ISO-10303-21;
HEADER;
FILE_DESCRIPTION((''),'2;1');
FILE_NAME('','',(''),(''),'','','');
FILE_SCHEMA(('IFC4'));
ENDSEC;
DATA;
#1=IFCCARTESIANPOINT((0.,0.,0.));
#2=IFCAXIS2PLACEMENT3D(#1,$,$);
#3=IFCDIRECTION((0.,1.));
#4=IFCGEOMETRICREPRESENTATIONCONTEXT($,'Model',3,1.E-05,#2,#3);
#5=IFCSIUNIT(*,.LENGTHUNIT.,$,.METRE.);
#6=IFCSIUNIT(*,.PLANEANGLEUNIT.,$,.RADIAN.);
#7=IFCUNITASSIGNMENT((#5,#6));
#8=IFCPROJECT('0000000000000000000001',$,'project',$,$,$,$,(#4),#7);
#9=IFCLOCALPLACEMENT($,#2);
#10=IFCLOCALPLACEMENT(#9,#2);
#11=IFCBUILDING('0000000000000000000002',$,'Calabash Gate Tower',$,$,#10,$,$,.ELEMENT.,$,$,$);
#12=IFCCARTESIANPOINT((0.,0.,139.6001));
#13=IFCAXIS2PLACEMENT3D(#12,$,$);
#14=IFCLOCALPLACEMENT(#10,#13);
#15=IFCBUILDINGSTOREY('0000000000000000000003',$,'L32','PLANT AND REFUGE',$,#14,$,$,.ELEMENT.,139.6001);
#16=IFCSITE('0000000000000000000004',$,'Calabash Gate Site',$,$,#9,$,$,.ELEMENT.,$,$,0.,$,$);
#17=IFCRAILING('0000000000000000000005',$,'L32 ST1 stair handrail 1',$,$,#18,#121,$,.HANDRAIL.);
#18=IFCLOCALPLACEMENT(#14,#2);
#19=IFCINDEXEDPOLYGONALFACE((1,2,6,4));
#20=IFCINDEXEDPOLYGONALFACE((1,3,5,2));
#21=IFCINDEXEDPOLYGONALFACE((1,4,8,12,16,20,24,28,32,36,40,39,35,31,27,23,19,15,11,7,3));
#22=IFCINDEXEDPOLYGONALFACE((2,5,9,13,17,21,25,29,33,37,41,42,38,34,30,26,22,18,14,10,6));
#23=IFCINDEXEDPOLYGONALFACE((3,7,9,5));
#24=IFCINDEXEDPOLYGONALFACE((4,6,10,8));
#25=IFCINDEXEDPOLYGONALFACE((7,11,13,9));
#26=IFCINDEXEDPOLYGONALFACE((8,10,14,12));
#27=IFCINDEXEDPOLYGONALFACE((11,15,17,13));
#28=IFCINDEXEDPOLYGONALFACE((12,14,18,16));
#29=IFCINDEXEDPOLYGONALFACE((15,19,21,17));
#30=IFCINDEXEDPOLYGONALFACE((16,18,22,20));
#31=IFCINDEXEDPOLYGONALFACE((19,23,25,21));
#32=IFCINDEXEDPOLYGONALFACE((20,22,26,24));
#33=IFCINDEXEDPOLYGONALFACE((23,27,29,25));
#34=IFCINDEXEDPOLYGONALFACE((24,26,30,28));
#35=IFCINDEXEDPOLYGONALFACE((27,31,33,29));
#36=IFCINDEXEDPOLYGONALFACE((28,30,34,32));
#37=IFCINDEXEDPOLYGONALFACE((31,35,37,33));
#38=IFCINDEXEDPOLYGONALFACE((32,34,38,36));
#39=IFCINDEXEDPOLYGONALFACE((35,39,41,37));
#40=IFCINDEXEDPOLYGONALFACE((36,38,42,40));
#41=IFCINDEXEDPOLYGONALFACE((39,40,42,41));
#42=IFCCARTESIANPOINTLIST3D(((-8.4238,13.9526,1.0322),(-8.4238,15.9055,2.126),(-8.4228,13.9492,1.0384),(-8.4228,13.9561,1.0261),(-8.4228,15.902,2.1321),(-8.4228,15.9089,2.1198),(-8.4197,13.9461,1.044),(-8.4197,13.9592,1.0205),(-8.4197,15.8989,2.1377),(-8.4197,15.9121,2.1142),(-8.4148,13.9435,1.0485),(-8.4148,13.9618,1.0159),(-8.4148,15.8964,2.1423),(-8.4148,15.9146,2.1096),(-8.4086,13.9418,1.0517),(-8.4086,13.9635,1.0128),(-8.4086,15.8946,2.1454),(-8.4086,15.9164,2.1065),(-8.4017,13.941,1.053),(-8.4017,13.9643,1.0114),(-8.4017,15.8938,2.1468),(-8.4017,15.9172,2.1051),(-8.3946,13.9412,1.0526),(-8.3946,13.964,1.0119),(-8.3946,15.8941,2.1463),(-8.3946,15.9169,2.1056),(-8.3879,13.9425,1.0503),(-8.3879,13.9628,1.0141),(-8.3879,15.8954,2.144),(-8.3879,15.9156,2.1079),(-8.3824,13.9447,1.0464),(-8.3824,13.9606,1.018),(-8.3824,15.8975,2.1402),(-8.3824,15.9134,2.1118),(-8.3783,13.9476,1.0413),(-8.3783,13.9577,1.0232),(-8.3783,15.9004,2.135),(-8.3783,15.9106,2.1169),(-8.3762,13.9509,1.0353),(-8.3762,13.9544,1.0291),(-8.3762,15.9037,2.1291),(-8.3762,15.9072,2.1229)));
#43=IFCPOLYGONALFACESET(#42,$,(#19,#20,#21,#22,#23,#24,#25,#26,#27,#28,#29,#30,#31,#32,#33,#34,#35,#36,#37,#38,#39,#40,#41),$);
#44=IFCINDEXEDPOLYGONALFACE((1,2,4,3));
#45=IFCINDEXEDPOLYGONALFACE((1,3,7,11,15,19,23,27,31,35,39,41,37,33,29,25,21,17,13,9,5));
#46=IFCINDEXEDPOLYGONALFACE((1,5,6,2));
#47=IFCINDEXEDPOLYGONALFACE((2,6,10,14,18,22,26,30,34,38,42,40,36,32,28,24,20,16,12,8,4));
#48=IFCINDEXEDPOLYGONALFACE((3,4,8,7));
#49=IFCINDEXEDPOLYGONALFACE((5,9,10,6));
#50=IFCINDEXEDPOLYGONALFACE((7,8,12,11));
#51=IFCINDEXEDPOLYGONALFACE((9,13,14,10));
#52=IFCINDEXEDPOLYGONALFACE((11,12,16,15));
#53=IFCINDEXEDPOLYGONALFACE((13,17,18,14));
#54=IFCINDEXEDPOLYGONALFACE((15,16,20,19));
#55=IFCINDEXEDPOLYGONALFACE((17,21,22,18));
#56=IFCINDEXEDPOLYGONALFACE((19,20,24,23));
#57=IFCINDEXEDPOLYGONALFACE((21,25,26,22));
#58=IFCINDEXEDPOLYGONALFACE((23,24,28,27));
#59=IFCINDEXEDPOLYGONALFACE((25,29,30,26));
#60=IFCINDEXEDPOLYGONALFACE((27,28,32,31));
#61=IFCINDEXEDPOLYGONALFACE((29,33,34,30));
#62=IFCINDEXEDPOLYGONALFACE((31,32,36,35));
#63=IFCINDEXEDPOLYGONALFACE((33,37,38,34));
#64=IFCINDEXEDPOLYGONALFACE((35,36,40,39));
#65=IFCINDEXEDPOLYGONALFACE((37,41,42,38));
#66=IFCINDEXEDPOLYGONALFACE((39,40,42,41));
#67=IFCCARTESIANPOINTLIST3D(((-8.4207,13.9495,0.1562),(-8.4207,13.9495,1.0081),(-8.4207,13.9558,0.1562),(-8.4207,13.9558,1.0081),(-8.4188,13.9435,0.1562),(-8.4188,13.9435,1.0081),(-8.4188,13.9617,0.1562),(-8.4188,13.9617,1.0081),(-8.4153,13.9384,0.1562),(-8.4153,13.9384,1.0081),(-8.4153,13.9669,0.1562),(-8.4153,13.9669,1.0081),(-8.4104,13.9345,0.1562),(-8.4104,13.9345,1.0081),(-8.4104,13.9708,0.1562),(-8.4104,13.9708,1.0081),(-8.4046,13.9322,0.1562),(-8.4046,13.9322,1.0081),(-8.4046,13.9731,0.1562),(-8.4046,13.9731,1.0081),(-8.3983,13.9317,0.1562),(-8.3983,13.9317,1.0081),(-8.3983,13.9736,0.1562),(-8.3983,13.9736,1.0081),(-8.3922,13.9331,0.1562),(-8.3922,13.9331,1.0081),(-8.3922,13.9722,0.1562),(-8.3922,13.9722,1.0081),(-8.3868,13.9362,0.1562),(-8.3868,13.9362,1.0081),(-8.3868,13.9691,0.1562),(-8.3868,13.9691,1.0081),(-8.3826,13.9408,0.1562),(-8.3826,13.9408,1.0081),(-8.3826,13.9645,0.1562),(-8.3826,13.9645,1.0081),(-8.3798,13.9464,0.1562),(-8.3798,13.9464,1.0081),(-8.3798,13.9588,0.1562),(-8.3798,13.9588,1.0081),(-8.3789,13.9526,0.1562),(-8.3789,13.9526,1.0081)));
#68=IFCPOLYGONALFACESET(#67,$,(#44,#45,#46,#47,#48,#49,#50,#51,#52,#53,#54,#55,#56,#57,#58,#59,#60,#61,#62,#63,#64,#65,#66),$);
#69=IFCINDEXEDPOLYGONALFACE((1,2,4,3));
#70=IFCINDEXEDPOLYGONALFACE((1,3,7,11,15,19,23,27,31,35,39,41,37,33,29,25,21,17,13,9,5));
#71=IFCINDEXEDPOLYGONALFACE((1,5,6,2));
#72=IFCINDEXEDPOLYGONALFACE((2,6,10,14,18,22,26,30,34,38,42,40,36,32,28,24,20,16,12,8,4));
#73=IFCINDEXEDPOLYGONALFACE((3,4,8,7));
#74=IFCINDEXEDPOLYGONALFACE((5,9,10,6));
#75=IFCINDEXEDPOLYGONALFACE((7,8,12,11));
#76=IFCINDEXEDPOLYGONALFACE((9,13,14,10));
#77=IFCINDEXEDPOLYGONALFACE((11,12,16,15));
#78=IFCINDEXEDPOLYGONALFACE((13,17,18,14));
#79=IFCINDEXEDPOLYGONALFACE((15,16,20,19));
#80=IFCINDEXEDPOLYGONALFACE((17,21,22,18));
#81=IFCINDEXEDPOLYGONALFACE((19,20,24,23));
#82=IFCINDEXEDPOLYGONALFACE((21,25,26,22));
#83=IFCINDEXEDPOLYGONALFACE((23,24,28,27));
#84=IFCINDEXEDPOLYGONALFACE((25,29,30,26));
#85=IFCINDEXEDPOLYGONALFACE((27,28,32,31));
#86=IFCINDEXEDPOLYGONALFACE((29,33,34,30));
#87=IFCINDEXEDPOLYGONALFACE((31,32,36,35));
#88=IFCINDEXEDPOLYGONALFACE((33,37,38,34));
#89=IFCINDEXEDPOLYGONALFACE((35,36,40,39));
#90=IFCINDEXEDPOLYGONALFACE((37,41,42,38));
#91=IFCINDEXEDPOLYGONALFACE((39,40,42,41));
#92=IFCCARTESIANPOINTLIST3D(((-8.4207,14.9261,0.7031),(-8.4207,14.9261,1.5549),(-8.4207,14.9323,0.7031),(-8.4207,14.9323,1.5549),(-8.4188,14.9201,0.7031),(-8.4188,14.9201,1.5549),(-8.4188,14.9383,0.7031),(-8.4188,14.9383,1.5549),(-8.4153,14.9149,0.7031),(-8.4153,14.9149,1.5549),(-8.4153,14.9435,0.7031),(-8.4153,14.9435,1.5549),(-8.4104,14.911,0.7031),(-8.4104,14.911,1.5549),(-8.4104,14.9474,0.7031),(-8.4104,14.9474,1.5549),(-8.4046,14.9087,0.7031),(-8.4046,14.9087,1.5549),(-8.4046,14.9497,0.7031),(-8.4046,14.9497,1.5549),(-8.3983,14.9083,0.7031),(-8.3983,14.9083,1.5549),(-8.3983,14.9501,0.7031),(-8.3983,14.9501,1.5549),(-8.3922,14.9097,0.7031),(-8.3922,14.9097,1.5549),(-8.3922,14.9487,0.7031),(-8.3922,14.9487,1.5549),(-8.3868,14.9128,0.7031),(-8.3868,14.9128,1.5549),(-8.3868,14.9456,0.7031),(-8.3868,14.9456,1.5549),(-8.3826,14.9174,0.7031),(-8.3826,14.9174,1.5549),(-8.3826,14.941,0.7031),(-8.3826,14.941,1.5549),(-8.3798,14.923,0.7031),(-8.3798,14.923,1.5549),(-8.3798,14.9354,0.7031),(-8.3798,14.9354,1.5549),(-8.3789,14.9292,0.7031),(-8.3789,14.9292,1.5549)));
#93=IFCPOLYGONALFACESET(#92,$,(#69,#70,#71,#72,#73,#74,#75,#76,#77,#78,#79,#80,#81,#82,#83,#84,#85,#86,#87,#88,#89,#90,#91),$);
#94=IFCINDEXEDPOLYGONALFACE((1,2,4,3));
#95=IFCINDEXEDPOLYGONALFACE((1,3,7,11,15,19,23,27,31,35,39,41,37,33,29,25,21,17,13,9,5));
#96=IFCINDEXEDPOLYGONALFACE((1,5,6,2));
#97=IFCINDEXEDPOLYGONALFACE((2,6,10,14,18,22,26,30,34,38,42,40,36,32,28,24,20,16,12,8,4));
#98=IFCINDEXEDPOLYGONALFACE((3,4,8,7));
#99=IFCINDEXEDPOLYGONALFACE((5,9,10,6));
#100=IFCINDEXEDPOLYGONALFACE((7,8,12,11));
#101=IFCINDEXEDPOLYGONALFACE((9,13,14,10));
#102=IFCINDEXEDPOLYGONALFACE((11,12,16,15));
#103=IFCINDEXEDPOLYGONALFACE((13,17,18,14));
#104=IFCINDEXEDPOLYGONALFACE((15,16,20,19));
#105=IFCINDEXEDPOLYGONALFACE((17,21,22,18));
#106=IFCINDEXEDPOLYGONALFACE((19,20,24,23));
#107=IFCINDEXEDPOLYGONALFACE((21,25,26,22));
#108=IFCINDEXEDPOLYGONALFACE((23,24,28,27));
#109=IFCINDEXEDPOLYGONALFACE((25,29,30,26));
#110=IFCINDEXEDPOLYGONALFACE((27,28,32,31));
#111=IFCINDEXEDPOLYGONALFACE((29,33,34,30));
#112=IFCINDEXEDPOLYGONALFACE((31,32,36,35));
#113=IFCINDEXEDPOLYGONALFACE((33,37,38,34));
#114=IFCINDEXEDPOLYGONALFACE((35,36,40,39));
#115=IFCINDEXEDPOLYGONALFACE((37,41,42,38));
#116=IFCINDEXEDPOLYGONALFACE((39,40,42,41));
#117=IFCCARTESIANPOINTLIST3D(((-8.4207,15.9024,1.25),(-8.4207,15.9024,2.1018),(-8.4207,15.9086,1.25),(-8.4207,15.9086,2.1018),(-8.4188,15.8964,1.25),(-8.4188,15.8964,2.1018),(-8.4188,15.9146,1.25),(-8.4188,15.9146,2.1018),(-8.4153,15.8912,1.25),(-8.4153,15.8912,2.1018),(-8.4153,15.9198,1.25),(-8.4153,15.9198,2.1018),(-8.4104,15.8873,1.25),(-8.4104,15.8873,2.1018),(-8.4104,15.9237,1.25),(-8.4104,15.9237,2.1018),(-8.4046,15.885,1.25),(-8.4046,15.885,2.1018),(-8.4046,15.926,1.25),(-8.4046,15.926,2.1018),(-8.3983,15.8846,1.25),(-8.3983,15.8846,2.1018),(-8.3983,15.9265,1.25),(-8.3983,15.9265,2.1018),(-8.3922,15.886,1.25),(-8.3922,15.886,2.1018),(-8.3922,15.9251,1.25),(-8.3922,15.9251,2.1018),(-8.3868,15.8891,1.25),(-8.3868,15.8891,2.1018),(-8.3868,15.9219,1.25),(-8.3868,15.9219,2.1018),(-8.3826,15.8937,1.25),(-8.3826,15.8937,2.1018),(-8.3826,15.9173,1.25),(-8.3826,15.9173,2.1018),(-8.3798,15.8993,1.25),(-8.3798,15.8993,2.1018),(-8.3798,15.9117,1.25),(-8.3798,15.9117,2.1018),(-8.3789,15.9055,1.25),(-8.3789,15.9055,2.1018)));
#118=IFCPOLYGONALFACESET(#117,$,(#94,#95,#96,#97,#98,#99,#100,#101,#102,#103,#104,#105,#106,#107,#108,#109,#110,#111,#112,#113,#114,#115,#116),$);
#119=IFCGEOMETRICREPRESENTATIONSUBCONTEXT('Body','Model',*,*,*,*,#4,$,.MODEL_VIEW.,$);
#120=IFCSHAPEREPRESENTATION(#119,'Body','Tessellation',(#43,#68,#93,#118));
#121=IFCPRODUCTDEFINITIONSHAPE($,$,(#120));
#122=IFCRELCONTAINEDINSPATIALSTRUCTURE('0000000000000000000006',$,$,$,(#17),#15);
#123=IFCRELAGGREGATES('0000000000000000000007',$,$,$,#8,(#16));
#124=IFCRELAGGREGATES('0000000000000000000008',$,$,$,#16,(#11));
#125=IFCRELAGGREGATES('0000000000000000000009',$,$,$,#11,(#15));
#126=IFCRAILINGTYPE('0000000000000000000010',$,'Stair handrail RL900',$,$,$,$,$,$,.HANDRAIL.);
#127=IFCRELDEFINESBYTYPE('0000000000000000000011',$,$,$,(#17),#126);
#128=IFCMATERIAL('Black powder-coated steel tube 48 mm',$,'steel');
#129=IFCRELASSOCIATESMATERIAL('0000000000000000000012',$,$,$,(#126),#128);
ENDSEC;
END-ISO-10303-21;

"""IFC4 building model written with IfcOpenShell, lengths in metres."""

from ifc_helpers import new_model, si_unit, direction, frame, origin, origin_2d, place, context, subcontext, project, spatial, circle, extrude, material, type_object, element, save


model = new_model("IFC4")

# Units and contexts
model_context = context("Model", 3, precision=1e-05, world=origin(), true_north=direction((0.0, 1.0)))
body_context = subcontext(model_context, "Body", "Model", "MODEL_VIEW")
ifc_project = project(units=[si_unit("LENGTHUNIT", "METRE"), si_unit("PLANEANGLEUNIT", "RADIAN")], contexts=[model_context])

# Site, building, storey
site_placement = place(None, origin())
site = spatial("IfcSite", under=ifc_project, at=site_placement, Name="Calabash Gate Site", CompositionType="ELEMENT", RefElevation=0.0)
building_placement = place(site_placement, origin())
building = spatial("IfcBuilding", under=site, at=building_placement, Name="Calabash Gate Tower", CompositionType="ELEMENT")
storey_placement = place(building_placement, frame((0.0, 0.0, 139.6001)))
storey = spatial("IfcBuildingStorey", under=building, at=storey_placement, Name="L32", Description="PLANT AND REFUGE", CompositionType="ELEMENT", Elevation=139.6001)

# Railing
ifc_material_1 = material(Name="Black powder-coated steel tube 48 mm", Category="steel")
railing_type_1 = type_object("IfcRailingType", Name="Stair handrail RL900", PredefinedType="HANDRAIL", material=ifc_material_1)
railing_1_placement = place(storey_placement, frame((-8.3999, 13.9526, 0.1562)))
element("IfcRailing", 1, at=railing_1_placement, inside=storey, type_object=railing_type_1, Name="L32 ST1 stair handrail 1", PredefinedType="HANDRAIL", context=body_context, shape_type="SweptSolid", body=[
    extrude(circle(Radius=0.0239, at=origin_2d()), frame((0.0, 0.0, 0.876), z_axis=(0.0, 0.87248, 0.48865), x_axis=(-1.0, 0.0, 0.0)), (0.0, 0.0, 1.0), 2.2383),
    extrude(circle(Radius=0.021, at=origin_2d()), origin(), (0.0, 0.0, 1.0), 0.8518),
    extrude(circle(Radius=0.021, at=origin_2d()), frame((0.0, 0.9766, 0.5469)), (0.0, 0.0, 1.0), 0.8518),
    extrude(circle(Radius=0.021, at=origin_2d()), frame((0.0, 1.9529, 1.0938)), (0.0, 0.0, 1.0), 0.8518),
])

save(model, "model.ifc")
